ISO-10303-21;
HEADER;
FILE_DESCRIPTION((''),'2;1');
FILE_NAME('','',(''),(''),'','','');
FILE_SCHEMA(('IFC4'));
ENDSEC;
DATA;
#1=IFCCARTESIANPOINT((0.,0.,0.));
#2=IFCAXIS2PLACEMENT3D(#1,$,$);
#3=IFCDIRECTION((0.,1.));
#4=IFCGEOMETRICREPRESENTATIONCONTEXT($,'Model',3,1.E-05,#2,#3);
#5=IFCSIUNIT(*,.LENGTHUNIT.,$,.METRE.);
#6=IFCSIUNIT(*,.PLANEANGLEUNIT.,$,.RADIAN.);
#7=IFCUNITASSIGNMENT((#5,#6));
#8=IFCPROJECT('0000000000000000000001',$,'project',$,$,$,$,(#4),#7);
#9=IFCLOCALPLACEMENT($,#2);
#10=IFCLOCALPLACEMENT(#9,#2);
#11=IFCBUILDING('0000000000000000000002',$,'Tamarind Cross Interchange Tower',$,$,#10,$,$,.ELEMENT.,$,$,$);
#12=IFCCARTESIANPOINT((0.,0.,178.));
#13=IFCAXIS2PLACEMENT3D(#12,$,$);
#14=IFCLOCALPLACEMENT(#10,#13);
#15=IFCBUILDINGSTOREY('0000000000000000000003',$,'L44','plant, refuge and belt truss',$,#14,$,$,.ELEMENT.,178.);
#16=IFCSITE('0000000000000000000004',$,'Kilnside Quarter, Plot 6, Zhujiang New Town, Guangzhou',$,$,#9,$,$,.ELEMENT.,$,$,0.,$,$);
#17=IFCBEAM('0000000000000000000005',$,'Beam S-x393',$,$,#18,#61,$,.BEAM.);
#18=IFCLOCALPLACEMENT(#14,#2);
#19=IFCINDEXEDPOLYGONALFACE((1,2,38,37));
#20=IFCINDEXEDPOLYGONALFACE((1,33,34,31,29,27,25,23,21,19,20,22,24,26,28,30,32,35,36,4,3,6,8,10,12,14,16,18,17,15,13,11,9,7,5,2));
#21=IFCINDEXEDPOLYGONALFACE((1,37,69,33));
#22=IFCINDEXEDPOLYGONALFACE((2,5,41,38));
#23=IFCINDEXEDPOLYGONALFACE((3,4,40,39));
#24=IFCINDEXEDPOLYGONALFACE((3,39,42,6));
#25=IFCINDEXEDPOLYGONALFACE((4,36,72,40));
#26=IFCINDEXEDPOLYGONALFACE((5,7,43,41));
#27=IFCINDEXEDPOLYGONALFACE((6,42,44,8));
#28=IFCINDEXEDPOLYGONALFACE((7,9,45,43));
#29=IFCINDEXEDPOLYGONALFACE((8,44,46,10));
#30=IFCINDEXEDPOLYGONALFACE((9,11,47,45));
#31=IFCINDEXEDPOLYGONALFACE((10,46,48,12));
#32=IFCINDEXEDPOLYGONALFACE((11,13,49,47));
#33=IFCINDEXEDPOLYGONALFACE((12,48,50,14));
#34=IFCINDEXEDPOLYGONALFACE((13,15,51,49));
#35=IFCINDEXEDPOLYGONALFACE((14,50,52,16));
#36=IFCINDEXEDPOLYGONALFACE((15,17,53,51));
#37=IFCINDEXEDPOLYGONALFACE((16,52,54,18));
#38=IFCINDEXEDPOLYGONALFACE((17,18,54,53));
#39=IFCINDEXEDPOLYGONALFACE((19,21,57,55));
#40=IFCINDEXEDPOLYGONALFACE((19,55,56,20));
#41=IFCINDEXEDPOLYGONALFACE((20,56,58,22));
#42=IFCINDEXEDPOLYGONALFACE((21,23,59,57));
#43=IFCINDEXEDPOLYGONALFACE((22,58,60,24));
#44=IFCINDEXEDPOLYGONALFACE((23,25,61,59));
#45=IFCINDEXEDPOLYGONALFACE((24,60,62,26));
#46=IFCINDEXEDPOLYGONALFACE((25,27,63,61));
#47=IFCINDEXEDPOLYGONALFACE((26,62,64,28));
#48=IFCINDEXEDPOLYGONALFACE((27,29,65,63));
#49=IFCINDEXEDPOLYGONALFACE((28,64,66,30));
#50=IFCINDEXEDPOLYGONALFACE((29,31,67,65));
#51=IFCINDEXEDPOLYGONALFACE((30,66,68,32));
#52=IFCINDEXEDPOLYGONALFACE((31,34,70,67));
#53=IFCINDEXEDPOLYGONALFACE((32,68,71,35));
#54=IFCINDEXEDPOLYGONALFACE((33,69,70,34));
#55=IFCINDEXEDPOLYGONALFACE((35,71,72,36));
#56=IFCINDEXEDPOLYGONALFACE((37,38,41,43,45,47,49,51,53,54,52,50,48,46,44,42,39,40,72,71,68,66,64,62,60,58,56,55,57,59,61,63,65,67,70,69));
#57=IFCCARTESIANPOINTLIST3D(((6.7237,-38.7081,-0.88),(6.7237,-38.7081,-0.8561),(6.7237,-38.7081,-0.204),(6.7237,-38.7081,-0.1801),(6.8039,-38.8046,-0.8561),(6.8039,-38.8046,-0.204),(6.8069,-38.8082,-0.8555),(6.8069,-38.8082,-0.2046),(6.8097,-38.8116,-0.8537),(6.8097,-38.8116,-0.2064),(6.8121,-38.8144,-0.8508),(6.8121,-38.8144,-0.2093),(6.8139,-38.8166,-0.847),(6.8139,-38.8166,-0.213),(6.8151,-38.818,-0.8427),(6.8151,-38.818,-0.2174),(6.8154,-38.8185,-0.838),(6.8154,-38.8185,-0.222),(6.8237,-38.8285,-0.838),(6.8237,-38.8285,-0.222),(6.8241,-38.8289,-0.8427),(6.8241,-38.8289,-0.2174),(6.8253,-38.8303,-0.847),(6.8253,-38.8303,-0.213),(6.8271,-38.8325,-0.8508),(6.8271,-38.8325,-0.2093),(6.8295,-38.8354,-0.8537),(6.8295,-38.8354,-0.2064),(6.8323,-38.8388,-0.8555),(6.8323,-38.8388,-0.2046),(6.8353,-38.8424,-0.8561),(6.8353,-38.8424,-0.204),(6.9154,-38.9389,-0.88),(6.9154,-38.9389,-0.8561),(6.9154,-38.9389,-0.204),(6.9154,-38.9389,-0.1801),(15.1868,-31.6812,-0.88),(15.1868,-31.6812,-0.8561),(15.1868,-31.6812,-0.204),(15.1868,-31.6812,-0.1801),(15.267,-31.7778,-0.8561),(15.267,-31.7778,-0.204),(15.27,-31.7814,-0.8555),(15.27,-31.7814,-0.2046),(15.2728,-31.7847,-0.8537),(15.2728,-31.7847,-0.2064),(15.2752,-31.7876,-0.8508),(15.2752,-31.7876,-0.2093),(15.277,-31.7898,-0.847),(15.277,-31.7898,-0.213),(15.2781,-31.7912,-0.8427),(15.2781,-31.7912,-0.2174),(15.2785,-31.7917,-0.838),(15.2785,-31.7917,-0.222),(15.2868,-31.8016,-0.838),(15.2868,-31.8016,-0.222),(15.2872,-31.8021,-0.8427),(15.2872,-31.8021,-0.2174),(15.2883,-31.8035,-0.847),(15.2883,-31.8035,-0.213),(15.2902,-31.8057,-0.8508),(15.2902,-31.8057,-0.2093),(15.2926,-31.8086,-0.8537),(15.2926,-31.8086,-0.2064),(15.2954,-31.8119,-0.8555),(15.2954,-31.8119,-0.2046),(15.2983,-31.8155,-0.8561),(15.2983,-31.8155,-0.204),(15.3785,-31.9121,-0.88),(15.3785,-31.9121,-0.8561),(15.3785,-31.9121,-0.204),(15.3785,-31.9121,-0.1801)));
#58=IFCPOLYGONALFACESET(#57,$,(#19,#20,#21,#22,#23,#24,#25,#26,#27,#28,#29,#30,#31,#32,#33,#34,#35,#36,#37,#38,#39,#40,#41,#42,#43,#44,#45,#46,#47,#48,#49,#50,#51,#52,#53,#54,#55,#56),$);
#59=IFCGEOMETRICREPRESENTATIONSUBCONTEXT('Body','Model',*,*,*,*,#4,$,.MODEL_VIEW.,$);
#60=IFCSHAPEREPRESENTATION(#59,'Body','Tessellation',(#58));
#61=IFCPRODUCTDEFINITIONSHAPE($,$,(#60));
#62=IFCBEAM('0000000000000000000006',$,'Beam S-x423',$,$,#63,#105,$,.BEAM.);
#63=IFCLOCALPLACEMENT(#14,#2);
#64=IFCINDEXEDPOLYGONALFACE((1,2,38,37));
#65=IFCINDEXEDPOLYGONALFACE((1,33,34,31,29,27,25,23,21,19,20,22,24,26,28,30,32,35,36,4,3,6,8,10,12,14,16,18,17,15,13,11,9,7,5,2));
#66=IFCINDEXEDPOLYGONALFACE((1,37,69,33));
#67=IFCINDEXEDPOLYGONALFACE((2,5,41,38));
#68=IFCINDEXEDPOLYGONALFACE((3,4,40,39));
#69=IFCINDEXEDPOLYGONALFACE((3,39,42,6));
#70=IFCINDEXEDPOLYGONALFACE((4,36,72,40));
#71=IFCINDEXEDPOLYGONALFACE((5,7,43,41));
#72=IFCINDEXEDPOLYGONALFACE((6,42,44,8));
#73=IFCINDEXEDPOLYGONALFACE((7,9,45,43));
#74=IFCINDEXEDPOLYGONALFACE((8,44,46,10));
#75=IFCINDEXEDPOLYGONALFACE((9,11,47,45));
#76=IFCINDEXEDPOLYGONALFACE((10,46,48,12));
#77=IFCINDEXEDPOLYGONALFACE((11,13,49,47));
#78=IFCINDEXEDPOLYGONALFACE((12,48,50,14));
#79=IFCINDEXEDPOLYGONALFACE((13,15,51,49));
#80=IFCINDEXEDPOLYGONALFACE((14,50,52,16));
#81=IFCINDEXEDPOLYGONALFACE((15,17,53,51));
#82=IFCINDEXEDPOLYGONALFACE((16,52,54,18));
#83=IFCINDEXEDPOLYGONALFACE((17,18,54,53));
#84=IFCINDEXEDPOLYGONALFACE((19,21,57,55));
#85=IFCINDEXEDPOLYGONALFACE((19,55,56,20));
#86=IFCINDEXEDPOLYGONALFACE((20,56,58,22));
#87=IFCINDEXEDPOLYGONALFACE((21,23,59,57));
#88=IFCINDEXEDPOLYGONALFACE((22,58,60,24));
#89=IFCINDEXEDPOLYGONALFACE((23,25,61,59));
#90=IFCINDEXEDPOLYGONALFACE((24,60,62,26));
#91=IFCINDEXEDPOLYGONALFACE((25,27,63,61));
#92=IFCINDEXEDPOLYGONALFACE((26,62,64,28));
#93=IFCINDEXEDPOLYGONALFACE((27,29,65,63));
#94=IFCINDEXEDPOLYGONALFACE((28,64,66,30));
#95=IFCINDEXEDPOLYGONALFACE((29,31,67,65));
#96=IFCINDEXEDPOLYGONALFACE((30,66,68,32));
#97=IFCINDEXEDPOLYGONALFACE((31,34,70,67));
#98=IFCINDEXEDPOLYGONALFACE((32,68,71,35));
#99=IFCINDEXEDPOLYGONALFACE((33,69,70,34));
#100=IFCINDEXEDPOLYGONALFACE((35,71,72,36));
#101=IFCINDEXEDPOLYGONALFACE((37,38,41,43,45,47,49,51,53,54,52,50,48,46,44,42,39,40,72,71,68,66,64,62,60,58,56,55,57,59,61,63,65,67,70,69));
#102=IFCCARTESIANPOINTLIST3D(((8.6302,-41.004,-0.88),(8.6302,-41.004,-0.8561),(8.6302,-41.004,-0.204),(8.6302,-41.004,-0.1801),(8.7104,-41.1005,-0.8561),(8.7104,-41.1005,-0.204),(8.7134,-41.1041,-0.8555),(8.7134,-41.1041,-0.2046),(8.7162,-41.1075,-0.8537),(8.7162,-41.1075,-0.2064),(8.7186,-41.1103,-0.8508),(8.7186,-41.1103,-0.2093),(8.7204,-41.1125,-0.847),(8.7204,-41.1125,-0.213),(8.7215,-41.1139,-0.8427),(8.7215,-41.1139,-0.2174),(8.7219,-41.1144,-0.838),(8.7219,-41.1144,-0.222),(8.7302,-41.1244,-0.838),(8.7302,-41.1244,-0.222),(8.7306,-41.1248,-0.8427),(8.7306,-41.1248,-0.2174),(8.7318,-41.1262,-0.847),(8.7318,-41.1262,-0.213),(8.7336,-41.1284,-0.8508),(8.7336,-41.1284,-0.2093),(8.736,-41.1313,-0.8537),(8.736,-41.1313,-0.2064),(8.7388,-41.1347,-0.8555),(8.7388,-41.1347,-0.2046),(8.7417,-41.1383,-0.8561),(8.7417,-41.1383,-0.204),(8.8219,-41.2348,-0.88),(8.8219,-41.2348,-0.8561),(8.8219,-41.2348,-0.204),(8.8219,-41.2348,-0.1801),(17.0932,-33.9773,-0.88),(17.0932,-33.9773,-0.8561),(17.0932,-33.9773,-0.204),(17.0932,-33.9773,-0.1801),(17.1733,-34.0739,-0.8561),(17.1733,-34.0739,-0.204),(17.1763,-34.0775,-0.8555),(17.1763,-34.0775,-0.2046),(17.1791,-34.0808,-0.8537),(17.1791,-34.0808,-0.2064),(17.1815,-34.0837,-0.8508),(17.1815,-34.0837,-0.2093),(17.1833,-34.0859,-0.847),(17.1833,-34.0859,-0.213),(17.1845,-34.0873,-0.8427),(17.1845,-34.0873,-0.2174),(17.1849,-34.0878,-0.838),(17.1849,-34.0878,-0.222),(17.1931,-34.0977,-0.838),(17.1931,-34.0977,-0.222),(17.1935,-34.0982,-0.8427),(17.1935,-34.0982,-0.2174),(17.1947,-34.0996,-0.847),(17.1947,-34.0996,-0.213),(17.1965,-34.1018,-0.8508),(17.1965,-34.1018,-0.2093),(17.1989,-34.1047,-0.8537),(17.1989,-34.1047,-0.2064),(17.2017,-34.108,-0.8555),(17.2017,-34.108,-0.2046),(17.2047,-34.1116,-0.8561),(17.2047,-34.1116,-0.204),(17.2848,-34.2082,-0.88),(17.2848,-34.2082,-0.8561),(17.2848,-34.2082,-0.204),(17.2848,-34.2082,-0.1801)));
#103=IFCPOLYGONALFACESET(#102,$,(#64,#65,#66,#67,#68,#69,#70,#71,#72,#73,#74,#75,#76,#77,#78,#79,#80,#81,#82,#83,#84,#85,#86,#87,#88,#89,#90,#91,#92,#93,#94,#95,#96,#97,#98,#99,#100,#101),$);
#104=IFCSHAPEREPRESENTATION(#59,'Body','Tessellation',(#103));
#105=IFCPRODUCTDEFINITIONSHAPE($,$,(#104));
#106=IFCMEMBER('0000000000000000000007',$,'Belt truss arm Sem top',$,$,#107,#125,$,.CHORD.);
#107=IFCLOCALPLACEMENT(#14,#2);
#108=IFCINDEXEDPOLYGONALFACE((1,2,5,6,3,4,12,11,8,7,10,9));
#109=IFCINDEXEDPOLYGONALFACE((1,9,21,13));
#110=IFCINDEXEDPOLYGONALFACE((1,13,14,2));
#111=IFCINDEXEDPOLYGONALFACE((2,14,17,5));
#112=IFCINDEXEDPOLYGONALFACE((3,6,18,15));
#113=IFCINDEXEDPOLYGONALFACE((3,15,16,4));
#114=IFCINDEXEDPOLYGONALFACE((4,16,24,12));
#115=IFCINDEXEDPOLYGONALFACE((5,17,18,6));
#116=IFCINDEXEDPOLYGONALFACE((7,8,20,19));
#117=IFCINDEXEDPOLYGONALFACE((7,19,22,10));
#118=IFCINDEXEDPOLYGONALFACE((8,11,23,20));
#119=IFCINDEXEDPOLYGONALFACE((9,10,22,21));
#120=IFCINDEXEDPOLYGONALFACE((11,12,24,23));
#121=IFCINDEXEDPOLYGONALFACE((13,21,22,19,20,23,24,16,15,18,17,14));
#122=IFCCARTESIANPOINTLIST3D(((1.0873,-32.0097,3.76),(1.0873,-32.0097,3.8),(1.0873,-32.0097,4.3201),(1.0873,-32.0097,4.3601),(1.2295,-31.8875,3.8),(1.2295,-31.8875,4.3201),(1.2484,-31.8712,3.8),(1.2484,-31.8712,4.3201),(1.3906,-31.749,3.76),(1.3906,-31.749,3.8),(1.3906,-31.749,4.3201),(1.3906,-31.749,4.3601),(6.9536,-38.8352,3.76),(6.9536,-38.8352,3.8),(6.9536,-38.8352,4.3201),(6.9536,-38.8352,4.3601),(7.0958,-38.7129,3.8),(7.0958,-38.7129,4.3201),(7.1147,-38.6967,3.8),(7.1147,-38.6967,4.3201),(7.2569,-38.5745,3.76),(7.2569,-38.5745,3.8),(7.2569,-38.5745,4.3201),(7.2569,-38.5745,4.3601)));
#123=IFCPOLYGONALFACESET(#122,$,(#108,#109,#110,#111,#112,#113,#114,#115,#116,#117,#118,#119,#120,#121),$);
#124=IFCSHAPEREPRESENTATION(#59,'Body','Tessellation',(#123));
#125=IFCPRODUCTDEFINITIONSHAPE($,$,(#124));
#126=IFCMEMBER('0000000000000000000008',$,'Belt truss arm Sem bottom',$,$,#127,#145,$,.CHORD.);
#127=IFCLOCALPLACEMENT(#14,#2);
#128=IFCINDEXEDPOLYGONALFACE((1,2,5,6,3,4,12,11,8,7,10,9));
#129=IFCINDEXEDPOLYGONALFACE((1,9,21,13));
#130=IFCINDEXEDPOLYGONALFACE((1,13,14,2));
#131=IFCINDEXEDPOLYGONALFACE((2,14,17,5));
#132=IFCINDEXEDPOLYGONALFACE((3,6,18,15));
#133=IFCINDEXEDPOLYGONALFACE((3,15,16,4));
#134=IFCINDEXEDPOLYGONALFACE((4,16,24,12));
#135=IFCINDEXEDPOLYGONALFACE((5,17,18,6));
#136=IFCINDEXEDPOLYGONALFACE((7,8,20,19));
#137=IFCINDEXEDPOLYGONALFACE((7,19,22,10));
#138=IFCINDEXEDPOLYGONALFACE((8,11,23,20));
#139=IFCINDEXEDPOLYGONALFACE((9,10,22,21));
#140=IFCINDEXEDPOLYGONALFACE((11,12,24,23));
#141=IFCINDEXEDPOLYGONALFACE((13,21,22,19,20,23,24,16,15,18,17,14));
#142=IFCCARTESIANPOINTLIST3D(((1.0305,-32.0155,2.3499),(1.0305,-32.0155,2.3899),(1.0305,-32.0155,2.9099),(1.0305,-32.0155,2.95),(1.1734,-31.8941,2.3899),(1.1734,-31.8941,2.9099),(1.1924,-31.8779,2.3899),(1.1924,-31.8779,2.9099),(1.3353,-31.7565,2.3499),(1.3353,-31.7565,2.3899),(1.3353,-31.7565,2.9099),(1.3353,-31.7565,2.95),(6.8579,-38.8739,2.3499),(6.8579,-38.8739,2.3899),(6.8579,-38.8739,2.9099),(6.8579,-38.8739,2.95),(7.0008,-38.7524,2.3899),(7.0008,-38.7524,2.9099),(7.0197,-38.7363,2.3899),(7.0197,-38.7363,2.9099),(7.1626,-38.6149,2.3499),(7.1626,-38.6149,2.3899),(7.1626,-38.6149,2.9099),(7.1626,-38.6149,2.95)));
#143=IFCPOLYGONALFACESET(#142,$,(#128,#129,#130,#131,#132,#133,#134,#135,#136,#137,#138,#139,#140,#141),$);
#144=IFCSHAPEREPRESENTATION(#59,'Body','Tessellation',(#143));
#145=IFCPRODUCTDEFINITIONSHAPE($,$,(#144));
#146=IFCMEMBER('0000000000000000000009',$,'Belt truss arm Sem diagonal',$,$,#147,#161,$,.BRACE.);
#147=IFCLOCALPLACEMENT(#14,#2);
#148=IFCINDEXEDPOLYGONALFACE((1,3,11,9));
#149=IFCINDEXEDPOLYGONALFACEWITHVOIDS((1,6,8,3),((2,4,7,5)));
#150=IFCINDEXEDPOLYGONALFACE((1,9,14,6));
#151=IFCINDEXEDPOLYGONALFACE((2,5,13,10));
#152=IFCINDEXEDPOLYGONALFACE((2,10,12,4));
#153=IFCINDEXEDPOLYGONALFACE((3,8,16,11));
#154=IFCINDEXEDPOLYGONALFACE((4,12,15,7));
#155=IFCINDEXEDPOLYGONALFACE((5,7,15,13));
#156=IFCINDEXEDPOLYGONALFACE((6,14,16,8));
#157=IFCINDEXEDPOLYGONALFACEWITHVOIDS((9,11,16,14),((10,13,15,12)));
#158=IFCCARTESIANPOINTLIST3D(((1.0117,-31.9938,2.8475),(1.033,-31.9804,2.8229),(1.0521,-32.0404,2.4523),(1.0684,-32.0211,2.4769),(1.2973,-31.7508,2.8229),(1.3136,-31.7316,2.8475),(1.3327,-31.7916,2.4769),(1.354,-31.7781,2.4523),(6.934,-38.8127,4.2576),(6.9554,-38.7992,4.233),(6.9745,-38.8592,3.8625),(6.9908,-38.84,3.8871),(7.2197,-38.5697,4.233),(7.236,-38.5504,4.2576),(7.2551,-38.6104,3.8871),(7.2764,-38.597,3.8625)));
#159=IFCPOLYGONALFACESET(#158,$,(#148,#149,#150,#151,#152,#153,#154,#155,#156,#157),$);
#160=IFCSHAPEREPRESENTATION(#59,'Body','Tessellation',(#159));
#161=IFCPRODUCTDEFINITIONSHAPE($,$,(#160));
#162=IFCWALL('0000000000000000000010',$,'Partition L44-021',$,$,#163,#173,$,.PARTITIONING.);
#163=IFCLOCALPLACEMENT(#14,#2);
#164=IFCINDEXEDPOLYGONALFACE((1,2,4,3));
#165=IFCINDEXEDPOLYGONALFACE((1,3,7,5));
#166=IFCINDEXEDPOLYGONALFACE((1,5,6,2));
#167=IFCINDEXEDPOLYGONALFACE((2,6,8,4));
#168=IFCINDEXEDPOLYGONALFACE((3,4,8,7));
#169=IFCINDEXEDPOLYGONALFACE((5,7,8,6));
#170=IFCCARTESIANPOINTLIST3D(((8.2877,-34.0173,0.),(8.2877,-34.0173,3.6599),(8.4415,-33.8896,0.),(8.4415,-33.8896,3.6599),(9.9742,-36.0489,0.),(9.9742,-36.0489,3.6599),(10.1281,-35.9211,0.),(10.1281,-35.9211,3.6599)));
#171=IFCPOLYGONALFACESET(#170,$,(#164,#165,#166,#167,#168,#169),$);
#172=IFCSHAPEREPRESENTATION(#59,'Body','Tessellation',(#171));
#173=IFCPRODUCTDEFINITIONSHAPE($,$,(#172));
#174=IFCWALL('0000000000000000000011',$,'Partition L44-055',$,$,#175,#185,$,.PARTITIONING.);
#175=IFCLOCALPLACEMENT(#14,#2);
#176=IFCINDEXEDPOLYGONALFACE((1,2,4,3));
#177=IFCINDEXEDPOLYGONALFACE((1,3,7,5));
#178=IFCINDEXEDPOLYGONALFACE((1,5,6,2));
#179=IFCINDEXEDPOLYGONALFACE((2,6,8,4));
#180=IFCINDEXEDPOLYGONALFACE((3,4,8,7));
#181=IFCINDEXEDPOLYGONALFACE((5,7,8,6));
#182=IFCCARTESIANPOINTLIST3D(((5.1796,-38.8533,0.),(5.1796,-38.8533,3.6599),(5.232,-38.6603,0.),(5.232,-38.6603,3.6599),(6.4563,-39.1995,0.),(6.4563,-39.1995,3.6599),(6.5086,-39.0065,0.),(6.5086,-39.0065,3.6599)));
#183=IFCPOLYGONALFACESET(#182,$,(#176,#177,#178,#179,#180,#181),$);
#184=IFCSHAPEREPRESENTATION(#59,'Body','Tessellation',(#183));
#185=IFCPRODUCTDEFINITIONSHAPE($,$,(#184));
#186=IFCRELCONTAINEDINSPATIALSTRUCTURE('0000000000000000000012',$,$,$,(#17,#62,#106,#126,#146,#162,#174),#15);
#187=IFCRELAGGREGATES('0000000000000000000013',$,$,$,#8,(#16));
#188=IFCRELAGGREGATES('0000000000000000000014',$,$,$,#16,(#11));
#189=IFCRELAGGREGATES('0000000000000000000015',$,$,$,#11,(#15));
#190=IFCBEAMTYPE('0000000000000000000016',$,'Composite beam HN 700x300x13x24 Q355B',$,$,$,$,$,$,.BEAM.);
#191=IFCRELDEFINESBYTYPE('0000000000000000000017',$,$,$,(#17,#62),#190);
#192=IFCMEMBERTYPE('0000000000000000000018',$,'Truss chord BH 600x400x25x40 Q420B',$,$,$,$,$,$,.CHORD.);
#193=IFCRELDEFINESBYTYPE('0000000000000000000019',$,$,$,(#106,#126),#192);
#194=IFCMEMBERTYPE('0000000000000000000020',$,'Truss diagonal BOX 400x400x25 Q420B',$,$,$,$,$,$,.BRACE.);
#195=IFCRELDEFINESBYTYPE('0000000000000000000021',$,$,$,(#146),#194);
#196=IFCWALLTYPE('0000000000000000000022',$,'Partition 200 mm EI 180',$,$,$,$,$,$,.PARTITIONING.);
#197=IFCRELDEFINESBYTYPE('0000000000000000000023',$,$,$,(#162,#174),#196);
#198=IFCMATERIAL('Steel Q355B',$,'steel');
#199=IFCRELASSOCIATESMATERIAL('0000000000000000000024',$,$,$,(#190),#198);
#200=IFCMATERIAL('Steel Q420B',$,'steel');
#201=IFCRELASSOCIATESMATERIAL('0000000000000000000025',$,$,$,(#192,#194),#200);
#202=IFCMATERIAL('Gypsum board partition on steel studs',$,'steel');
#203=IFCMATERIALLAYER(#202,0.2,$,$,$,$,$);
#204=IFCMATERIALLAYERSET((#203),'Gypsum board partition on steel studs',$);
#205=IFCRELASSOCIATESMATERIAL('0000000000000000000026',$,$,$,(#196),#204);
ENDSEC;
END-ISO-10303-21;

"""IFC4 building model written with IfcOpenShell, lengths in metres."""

from ifc_helpers import new_model, si_unit, direction, frame, frame_2d, origin, origin_2d, place, context, subcontext, project, spatial, rectangle, hollow_rectangle, i_section, extrude, material, layer, layer_set, material_profile, profile_set, type_object, element, save


model = new_model("IFC4")

# Units and contexts
model_context = context("Model", 3, precision=1e-05, world=origin(), true_north=direction((0.0, 1.0)))
body_context = subcontext(model_context, "Body", "Model", "MODEL_VIEW")
ifc_project = project(units=[si_unit("LENGTHUNIT", "METRE"), si_unit("PLANEANGLEUNIT", "RADIAN")], contexts=[model_context])

# Site, building, storey
site_placement = place(None, origin())
site = spatial("IfcSite", under=ifc_project, at=site_placement, Name="Kilnside Quarter, Plot 6, Zhujiang New Town, Guangzhou", CompositionType="ELEMENT", RefElevation=0.0)
building_placement = place(site_placement, origin())
building = spatial("IfcBuilding", under=site, at=building_placement, Name="Tamarind Cross Interchange Tower", CompositionType="ELEMENT")
storey_placement = place(building_placement, frame((0.0, 0.0, 178.0)))
storey = spatial("IfcBuildingStorey", under=building, at=storey_placement, Name="L44", Description="plant, refuge and belt truss", CompositionType="ELEMENT", Elevation=178.0)

# Beams
ifc_material_1 = material(Name="Steel Q355B", Category="steel")
ifc_material_profile_1 = material_profile(ifc_material_1, i_section(OverallWidth=0.3, OverallDepth=0.7, WebThickness=0.0129, FlangeThickness=0.0239, FilletRadius=0.0181, at=origin_2d()), Name="HN 700x300x13x24")
ifc_profile_set_1 = profile_set([ifc_material_profile_1], Name="Steel Q355B")
beam_type_1 = type_object("IfcBeamType", Name="Composite beam HN 700x300x13x24 Q355B", PredefinedType="BEAM", material=ifc_profile_set_1)
for number, where, z_axis, x_axis, name in (
    (1, (6.8196, -38.8235, -0.53), (0.769372, 0.638801, 0.0), (-0.638801, 0.769372, 0.0), "Beam S-x393"),
):
    element("IfcBeam", number, at=place(storey_placement, frame(where, z_axis=z_axis, x_axis=x_axis)), inside=storey, type_object=beam_type_1, Name=name, PredefinedType="BEAM", context=body_context, shape_type="SweptSolid", body=[
        extrude(i_section(OverallWidth=0.3, OverallDepth=0.7, WebThickness=0.0129, FlangeThickness=0.0239, FilletRadius=0.0181, at=origin_2d()), origin(), (0.0, 0.0, 1.0), 11.0),
    ])
beam_1_placement = place(storey_placement, frame((8.7261, -41.1194, -0.53), z_axis=(0.769373, 0.638799, 0.0), x_axis=(-0.638799, 0.769373, 0.0)))
element("IfcBeam", 2, at=beam_1_placement, inside=storey, type_object=beam_type_1, Name="Beam S-x423", PredefinedType="BEAM", context=body_context, shape_type="SweptSolid", body=[
    extrude(i_section(OverallWidth=0.3, OverallDepth=0.7, WebThickness=0.0129, FlangeThickness=0.0239, FilletRadius=0.0181, at=origin_2d()), origin(), (0.0, 0.0, 1.0), 10.9998),
])

# Members
ifc_material_2 = material(Name="Steel Q420B", Category="steel")
ifc_material_profile_2 = material_profile(ifc_material_2, i_section(OverallWidth=0.3999, OverallDepth=0.6001, WebThickness=0.0249, FlangeThickness=0.04, at=origin_2d()), Name="BH 600x400x25x40")
ifc_profile_set_2 = profile_set([ifc_material_profile_2], Name="Steel Q420B")
member_type_1 = type_object("IfcMemberType", Name="Truss chord BH 600x400x25x40 Q420B", PredefinedType="CHORD", material=ifc_profile_set_2)
member_1_placement = place(storey_placement, frame((7.1052, -38.7048, 4.0601), z_axis=(-0.651805, 0.758387, 0.0), x_axis=(-0.758387, -0.651805, 0.0)))
element("IfcMember", 3, at=member_1_placement, inside=storey, type_object=member_type_1, Name="Belt truss arm Sem top", PredefinedType="CHORD", context=body_context, shape_type="SweptSolid", body=[
    extrude(i_section(OverallWidth=0.3999, OverallDepth=0.6001, WebThickness=0.0249, FlangeThickness=0.04, at=origin_2d()), origin(), (0.0, 0.0, 1.0), 9.0),
])
member_2_placement = place(storey_placement, frame((7.0103, -38.7444, 2.6499), z_axis=(-0.647504, 0.762062, 0.0), x_axis=(-0.762062, -0.647504, 0.0)))
element("IfcMember", 4, at=member_2_placement, inside=storey, type_object=member_type_1, Name="Belt truss arm Sem bottom", PredefinedType="CHORD", context=body_context, shape_type="SweptSolid", body=[
    extrude(i_section(OverallWidth=0.3999, OverallDepth=0.6001, WebThickness=0.0249, FlangeThickness=0.04, at=origin_2d()), origin(), (0.0, 0.0, 1.0), 8.9998),
])
ifc_material_profile_3 = material_profile(ifc_material_2, hollow_rectangle(XDim=0.3999, YDim=0.3999, WallThickness=0.0249, at=origin_2d()), Name="BOX 400x400x25")
ifc_profile_set_3 = profile_set([ifc_material_profile_3], Name="Steel Q420B")
member_type_2 = type_object("IfcMemberType", Name="Truss diagonal BOX 400x400x25 Q420B", PredefinedType="BRACE", material=ifc_profile_set_3)
member_3_placement = place(storey_placement, frame((7.1052, -38.7048, 4.0601), z_axis=(-0.647883, 0.745955, -0.154266), x_axis=(-0.754993, -0.655733, 0.0)))
element("IfcMember", 5, at=member_3_placement, inside=storey, type_object=member_type_2, Name="Belt truss arm Sem diagonal", PredefinedType="BRACE", context=body_context, shape_type="SweptSolid", body=[
    extrude(hollow_rectangle(XDim=0.3999, YDim=0.3999, WallThickness=0.0249, at=origin_2d()), origin(), (0.0, 0.0, 1.0), 9.1411),
])

# Walls
ifc_material_3 = material(Name="Gypsum board partition on steel studs", Category="steel")
ifc_layer = layer(ifc_material_3, 0.2)
ifc_layer_set = layer_set([ifc_layer], Name="Gypsum board partition on steel studs")
wall_type = type_object("IfcWallType", Name="Partition 200 mm EI 180", PredefinedType="PARTITIONING", material=ifc_layer_set)
wall_1_placement = place(storey_placement, frame((8.3645, -33.9534, 0.0), z_axis=(0.0, 0.0, 1.0), x_axis=(0.638755, -0.76941, 0.0)))
element("IfcWall", 6, at=wall_1_placement, inside=storey, type_object=wall_type, Name="Partition L44-021", PredefinedType="PARTITIONING", context=body_context, shape_type="SweptSolid", body=[
    extrude(rectangle(XDim=2.6404, YDim=0.2, at=frame_2d((1.3203, 0.0))), origin(), (0.0, 0.0, 1.0), 3.6599),
])
wall_2_placement = place(storey_placement, frame((5.2058, -38.7568, 0.0), z_axis=(0.0, 0.0, 1.0), x_axis=(0.965142, -0.261727, 0.0)))
element("IfcWall", 7, at=wall_2_placement, inside=storey, type_object=wall_type, Name="Partition L44-055", PredefinedType="PARTITIONING", context=body_context, shape_type="SweptSolid", body=[
    extrude(rectangle(XDim=1.3228, YDim=0.2, at=frame_2d((0.6614, 0.0))), origin(), (0.0, 0.0, 1.0), 3.6599),
])

save(model, "model.ifc")
